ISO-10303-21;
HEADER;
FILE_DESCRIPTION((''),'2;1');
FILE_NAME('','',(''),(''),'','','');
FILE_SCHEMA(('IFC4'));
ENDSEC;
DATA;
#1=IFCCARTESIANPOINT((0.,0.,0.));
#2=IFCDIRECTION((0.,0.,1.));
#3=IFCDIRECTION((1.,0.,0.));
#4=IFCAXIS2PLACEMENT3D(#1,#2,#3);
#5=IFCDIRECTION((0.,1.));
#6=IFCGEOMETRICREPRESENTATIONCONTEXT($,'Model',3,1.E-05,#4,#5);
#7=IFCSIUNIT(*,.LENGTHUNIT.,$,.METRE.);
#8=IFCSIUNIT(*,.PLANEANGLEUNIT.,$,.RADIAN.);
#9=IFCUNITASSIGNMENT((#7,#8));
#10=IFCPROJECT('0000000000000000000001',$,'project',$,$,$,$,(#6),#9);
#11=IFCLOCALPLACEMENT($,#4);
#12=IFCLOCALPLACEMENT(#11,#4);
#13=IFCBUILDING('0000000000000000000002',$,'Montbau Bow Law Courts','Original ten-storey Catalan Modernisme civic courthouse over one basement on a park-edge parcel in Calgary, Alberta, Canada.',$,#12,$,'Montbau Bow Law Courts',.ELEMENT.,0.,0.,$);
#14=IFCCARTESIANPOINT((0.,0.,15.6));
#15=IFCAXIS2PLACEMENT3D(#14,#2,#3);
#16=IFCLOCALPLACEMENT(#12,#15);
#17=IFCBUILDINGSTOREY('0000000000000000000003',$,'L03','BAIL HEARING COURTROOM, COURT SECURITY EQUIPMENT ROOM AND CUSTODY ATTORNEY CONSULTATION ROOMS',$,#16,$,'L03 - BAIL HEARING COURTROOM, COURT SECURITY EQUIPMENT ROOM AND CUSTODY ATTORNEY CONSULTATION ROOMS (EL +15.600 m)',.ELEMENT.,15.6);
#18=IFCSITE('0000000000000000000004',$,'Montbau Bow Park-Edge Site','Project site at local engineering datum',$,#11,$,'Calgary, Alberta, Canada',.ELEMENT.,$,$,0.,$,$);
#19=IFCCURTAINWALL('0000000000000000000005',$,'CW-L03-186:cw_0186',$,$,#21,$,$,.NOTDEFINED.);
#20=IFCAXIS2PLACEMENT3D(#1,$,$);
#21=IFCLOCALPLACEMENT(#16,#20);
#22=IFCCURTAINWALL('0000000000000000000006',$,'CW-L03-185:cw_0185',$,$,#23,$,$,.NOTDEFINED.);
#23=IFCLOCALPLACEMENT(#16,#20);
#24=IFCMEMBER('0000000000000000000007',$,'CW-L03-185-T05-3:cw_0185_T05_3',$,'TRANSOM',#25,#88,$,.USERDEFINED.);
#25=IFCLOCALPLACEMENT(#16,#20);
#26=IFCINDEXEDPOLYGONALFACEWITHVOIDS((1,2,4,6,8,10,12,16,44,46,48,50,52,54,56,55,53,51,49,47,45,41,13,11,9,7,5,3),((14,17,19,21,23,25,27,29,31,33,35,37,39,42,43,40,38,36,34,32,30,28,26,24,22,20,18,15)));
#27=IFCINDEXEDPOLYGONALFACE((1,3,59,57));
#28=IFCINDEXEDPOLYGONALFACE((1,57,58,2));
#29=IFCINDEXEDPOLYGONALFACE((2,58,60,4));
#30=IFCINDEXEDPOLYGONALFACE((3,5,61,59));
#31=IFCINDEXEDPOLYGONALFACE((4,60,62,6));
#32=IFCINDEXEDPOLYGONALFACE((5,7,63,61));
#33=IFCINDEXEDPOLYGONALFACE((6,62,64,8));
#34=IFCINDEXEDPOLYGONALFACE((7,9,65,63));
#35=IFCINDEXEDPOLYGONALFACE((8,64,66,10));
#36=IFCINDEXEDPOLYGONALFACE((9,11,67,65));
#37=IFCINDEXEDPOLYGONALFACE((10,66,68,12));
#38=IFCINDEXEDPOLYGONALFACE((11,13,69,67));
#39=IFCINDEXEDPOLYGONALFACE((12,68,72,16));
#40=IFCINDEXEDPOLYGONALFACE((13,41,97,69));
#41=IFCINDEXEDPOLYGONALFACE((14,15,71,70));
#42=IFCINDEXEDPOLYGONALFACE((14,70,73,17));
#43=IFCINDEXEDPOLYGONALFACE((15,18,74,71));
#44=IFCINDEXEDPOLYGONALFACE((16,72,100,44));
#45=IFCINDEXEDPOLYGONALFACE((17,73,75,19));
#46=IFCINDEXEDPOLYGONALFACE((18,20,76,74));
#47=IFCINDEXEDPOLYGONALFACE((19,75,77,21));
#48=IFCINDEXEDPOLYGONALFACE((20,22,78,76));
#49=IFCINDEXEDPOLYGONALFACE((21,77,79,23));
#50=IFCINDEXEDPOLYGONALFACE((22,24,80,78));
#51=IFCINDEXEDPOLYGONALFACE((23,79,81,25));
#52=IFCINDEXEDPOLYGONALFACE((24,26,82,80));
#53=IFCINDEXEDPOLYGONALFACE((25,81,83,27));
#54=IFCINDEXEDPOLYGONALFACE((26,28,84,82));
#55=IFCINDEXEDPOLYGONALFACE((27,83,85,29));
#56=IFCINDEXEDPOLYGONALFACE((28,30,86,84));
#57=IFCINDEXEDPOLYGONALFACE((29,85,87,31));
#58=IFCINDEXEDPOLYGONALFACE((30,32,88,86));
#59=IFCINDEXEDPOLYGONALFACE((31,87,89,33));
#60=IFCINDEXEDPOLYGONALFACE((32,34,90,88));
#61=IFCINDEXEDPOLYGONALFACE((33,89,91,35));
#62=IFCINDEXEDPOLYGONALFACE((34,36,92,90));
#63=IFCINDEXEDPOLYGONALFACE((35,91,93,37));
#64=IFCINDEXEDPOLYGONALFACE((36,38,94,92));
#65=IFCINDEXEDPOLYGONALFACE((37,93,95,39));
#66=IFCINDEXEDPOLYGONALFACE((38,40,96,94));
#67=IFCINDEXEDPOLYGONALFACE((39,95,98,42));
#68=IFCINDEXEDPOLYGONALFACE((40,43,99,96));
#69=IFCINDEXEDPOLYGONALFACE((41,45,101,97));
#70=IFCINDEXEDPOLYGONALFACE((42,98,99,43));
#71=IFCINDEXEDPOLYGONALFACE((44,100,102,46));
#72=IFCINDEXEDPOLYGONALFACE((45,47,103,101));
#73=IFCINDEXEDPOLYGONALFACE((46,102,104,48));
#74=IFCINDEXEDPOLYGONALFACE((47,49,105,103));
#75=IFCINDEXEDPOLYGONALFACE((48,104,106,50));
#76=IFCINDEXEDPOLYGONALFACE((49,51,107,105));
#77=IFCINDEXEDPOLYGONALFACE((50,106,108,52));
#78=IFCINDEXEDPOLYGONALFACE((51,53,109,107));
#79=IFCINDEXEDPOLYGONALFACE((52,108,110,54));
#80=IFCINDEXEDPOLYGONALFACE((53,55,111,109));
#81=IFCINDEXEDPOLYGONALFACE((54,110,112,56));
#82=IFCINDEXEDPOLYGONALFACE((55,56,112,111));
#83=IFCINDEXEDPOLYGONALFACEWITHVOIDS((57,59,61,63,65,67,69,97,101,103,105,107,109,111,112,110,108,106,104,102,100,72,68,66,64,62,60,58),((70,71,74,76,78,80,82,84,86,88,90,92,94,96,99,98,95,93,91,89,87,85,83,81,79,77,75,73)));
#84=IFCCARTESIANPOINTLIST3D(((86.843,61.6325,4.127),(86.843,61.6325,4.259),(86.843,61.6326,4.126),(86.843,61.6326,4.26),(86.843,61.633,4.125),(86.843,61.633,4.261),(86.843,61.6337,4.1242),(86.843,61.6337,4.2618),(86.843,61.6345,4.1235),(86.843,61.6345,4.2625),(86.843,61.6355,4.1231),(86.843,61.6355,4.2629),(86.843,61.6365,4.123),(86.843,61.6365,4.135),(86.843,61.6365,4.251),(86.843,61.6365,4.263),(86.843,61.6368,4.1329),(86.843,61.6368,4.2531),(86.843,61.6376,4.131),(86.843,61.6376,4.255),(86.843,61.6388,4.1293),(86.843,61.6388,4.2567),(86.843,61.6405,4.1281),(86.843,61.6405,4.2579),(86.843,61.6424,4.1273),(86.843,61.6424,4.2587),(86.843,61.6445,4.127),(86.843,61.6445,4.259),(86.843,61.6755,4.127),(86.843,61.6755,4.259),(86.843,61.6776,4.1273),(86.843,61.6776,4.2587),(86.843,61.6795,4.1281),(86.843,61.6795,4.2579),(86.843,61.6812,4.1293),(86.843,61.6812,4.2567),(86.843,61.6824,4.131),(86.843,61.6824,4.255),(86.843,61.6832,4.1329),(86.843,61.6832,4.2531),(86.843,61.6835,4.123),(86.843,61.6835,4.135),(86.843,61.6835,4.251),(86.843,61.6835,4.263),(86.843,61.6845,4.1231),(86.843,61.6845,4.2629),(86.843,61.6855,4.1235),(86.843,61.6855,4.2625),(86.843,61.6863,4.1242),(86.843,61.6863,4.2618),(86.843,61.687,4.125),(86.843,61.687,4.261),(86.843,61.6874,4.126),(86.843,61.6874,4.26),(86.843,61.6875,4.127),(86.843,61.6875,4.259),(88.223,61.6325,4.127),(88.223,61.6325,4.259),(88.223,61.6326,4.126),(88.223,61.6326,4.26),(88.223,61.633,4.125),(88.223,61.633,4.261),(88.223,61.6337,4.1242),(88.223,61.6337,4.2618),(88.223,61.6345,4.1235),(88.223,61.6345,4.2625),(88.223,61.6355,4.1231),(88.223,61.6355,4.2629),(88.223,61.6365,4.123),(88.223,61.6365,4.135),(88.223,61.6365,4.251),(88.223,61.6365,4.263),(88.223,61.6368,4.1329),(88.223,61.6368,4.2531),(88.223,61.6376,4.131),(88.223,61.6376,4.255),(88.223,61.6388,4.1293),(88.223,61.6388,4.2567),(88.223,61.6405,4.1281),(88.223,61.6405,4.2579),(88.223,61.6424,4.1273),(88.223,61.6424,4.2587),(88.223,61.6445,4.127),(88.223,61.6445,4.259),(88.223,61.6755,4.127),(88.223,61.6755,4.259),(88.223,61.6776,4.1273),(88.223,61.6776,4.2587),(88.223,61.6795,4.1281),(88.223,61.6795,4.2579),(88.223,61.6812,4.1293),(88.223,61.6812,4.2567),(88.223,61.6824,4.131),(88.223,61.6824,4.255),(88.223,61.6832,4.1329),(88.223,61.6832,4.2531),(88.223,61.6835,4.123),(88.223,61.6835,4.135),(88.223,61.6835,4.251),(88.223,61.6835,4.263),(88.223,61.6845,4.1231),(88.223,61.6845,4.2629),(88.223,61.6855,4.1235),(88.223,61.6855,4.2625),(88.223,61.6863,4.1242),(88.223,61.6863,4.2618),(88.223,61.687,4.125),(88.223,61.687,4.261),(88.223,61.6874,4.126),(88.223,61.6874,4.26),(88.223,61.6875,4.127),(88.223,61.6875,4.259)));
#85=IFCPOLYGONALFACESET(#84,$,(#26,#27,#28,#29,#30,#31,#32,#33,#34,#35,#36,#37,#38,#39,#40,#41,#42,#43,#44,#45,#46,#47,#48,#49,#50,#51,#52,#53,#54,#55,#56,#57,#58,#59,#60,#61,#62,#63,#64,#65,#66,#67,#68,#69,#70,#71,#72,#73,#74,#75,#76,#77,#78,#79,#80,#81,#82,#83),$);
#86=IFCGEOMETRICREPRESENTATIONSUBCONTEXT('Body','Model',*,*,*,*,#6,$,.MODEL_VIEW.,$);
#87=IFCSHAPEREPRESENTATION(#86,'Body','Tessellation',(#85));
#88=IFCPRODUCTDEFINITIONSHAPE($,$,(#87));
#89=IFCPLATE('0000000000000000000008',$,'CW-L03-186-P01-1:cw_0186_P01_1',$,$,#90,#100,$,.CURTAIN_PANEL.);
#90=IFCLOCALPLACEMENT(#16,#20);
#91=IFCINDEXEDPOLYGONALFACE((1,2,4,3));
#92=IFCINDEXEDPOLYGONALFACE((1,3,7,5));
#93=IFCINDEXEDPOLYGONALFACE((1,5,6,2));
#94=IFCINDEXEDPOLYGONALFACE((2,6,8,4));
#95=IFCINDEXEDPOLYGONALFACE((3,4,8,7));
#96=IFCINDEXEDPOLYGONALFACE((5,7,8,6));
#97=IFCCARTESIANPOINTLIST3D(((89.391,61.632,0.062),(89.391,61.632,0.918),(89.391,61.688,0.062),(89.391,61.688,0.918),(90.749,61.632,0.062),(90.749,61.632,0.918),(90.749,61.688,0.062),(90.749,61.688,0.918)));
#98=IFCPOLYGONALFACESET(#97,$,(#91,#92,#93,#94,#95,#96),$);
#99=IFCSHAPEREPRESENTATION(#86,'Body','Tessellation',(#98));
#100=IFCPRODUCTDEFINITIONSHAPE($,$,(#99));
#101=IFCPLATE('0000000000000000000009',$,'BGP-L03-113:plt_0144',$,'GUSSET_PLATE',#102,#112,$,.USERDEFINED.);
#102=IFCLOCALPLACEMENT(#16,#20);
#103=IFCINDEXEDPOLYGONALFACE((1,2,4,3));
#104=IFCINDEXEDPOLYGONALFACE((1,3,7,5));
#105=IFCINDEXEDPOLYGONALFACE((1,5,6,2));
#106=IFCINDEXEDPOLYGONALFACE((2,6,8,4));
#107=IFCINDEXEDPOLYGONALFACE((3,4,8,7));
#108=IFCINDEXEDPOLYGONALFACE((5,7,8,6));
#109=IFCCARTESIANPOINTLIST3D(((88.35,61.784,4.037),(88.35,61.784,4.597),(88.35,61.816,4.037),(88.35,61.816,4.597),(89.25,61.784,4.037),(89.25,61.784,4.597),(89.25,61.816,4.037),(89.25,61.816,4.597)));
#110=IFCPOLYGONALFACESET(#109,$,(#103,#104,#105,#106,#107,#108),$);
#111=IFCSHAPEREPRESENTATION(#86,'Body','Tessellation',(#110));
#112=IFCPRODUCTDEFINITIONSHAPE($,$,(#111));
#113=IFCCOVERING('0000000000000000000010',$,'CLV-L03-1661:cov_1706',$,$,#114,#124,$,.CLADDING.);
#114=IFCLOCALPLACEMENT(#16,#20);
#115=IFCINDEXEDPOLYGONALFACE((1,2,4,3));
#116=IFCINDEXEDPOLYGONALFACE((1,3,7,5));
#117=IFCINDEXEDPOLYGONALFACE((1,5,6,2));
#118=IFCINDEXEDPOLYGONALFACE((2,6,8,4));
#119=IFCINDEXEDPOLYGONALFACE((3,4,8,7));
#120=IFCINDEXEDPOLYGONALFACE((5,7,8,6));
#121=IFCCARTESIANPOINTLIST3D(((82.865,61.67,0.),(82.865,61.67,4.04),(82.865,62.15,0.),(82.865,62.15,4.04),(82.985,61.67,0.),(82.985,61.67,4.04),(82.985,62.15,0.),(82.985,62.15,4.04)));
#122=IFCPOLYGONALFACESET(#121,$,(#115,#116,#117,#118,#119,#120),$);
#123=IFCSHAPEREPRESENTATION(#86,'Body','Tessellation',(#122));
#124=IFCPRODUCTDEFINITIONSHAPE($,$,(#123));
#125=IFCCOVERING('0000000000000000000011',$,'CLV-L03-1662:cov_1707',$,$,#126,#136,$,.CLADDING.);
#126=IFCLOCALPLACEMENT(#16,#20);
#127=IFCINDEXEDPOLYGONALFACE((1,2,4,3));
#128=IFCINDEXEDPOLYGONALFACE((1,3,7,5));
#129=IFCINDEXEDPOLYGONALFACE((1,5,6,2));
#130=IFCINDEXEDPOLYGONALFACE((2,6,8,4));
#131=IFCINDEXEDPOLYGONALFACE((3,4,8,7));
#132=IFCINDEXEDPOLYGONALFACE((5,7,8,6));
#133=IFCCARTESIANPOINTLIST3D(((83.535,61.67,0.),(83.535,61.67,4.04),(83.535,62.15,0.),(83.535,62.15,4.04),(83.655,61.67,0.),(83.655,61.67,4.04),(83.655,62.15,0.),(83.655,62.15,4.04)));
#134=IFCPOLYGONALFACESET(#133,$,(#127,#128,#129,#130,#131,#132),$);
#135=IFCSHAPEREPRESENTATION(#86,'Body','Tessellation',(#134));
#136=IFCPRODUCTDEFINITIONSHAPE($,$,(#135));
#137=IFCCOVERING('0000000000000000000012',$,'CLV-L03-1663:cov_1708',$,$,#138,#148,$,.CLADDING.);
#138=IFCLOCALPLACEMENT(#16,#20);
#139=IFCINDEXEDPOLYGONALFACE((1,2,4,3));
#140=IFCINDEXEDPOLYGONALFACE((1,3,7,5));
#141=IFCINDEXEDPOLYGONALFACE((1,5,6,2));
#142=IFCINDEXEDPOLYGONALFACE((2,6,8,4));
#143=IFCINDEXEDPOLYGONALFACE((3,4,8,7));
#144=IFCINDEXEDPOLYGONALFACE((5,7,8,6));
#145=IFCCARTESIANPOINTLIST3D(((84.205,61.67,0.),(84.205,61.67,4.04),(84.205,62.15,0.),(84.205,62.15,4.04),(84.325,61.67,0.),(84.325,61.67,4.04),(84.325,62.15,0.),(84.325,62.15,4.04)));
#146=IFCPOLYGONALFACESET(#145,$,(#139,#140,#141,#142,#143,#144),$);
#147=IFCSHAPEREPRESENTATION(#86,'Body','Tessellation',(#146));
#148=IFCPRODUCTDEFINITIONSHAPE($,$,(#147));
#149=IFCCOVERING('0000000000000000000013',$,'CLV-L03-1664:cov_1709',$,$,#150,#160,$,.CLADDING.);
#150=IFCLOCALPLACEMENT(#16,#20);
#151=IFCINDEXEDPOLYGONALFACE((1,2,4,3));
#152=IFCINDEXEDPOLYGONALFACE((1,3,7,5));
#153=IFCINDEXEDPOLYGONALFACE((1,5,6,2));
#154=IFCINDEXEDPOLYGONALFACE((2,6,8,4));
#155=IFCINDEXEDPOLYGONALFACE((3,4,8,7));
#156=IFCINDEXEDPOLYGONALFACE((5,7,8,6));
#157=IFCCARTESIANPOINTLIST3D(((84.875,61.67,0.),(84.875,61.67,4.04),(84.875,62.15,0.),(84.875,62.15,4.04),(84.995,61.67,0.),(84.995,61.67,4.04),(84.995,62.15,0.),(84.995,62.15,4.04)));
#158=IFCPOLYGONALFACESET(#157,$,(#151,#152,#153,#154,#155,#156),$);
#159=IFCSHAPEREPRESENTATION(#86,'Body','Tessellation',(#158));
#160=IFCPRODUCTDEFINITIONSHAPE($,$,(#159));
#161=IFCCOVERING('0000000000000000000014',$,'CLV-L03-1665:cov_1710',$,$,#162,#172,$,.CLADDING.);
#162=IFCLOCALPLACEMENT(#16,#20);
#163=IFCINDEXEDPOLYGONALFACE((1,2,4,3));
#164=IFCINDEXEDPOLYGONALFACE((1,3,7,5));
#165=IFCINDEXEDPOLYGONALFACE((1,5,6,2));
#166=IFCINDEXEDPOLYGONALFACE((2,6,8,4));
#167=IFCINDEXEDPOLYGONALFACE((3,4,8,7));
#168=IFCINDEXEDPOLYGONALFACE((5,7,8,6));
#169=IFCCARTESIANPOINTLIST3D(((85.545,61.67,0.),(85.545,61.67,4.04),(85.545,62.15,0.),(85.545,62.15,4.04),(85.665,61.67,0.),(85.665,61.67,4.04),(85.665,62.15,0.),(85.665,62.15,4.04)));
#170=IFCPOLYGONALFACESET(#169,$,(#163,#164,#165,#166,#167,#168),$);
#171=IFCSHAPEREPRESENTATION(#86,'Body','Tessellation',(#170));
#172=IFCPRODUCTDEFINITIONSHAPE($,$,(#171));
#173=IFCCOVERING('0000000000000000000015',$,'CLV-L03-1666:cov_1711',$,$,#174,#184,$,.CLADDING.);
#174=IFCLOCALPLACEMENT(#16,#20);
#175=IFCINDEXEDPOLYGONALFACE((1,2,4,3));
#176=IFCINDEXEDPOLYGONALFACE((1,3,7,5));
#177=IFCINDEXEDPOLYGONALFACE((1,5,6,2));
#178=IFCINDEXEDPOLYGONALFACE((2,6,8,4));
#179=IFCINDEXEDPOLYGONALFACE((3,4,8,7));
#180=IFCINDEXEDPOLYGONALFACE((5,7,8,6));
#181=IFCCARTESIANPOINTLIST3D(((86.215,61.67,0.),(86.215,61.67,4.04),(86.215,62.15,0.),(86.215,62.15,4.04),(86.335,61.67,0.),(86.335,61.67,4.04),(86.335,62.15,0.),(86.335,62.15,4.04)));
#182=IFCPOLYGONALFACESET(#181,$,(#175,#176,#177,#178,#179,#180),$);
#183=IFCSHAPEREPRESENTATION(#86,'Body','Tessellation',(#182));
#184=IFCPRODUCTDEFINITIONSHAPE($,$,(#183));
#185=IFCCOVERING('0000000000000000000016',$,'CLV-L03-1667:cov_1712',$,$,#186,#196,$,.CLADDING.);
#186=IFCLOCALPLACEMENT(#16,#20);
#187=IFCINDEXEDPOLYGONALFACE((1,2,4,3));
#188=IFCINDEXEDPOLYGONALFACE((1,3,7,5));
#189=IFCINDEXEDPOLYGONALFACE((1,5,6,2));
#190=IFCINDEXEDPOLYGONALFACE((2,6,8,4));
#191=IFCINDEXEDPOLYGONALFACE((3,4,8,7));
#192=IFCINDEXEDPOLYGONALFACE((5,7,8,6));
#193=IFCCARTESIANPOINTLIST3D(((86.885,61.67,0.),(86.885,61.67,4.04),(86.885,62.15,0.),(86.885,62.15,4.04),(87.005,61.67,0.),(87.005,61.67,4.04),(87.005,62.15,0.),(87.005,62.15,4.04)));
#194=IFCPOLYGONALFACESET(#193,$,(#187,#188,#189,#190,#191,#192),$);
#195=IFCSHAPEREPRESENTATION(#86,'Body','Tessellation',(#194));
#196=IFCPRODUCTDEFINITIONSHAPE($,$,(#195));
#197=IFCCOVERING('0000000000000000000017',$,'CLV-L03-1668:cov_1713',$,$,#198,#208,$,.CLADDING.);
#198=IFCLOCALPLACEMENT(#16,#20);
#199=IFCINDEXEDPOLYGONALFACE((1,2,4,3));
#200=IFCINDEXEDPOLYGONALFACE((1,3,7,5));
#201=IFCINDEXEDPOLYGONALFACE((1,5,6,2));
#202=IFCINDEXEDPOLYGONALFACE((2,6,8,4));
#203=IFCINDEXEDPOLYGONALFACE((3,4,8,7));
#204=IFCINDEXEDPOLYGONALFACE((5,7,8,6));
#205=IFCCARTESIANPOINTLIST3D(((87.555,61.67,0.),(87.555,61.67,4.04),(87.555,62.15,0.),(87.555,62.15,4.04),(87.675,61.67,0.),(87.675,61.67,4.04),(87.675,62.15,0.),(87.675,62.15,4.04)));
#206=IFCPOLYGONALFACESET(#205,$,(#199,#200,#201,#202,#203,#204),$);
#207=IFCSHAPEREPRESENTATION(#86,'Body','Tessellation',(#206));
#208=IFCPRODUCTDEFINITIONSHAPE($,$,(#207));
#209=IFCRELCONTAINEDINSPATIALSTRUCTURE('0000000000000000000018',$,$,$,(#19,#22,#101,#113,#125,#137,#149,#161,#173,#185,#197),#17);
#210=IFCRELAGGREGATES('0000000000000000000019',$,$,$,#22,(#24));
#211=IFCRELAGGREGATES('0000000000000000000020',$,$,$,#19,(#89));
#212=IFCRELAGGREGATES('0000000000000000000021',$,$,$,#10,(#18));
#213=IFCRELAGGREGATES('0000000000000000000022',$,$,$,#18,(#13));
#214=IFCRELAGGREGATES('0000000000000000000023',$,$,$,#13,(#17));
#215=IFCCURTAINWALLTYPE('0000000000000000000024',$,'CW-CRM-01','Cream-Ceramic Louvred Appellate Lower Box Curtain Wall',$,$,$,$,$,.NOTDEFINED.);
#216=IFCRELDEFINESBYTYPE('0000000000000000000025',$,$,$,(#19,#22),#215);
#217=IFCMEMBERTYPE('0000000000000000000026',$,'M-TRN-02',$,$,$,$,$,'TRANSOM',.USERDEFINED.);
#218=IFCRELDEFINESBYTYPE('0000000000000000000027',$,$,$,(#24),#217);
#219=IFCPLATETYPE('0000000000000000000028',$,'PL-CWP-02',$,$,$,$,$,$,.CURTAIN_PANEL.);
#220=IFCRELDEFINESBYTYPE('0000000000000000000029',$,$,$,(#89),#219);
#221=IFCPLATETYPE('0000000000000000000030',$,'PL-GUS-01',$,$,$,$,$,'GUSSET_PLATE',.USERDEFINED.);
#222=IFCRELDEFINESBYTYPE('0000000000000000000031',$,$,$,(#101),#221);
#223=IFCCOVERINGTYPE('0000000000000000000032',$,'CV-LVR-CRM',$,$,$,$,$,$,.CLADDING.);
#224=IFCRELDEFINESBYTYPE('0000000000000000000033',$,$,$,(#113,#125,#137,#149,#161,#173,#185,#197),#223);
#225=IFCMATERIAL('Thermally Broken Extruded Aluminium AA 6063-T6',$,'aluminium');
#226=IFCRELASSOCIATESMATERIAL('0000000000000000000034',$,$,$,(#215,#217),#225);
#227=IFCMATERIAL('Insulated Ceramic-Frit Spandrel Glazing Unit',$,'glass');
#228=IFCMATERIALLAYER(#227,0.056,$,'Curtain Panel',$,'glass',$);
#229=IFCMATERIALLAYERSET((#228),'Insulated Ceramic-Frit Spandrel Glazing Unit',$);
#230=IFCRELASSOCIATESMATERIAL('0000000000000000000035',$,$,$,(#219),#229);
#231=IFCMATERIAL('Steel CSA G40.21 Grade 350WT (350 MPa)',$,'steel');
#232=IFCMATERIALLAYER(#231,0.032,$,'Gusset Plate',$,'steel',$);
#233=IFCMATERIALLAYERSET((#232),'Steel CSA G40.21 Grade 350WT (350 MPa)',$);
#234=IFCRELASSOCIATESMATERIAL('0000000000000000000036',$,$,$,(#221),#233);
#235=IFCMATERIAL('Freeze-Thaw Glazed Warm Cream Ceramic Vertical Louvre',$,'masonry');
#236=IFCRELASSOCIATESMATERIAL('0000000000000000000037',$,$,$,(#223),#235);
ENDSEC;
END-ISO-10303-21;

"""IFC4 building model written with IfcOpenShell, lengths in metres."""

from ifc_helpers import new_model, si_unit, direction, frame, frame_2d, origin_with_axes, origin_2d_with_axis, place, context, subcontext, project, spatial, rectangle, hollow_rectangle, extrude, material, layer, layer_set, material_profile, profile_set, type_object, element, aggregate, save


model = new_model("IFC4")

# Units and contexts
model_context = context("Model", 3, precision=1e-05, world=origin_with_axes(), true_north=direction((0.0, 1.0)))
body_context = subcontext(model_context, "Body", "Model", "MODEL_VIEW")
ifc_project = project(units=[si_unit("LENGTHUNIT", "METRE"), si_unit("PLANEANGLEUNIT", "RADIAN")], contexts=[model_context])

# Site, building, storey
site_placement = place(None, origin_with_axes())
site = spatial("IfcSite", under=ifc_project, at=site_placement, Name="Montbau Bow Park-Edge Site", Description="Project site at local engineering datum", LongName="Calgary, Alberta, Canada", CompositionType="ELEMENT", RefElevation=0.0)
building_placement = place(site_placement, origin_with_axes())
building = spatial("IfcBuilding", under=site, at=building_placement, Name="Montbau Bow Law Courts", Description="Original ten-storey Catalan Modernisme civic courthouse over one basement on a park-edge parcel in Calgary, Alberta, Canada.", LongName="Montbau Bow Law Courts", CompositionType="ELEMENT", ElevationOfRefHeight=0.0, ElevationOfTerrain=0.0)
storey_placement = place(building_placement, frame((0.0, 0.0, 15.6), z_axis=(0.0, 0.0, 1.0), x_axis=(1.0, 0.0, 0.0)))
storey = spatial("IfcBuildingStorey", under=building, at=storey_placement, Name="L03", Description="BAIL HEARING COURTROOM, COURT SECURITY EQUIPMENT ROOM AND CUSTODY ATTORNEY CONSULTATION ROOMS", LongName="L03 - BAIL HEARING COURTROOM, COURT SECURITY EQUIPMENT ROOM AND CUSTODY ATTORNEY CONSULTATION ROOMS (EL +15.600 m)", CompositionType="ELEMENT", Elevation=15.6)

# Shared definitions
ifc_material_1 = material(Name="Steel CSA G40.21 Grade 350WT (350 MPa)", Category="steel")

# Curtain wall
ifc_material_2 = material(Name="Thermally Broken Extruded Aluminium AA 6063-T6", Category="aluminium")
curtain_wall_type = type_object("IfcCurtainWallType", Name="CW-CRM-01", Description="Cream-Ceramic Louvred Appellate Lower Box Curtain Wall", PredefinedType="NOTDEFINED", material=ifc_material_2)
curtain_wall_1_placement = place(None, frame((89.315, 61.66, 15.6), z_axis=(0.0, 0.0, 1.0), x_axis=(1.0, 0.0, 0.0)))
curtain_wall_1 = element("IfcCurtainWall", 1, at=curtain_wall_1_placement, inside=storey, type_object=curtain_wall_type, Name="CW-L03-186:cw_0186", PredefinedType="NOTDEFINED")

# Curtain wall, member
curtain_wall_2_placement = place(None, frame((80.915, 61.66, 15.6), z_axis=(0.0, 0.0, 1.0), x_axis=(1.0, 0.0, 0.0)))
curtain_wall_2 = element("IfcCurtainWall", 2, at=curtain_wall_2_placement, inside=storey, type_object=curtain_wall_type, Name="CW-L03-185:cw_0185", PredefinedType="NOTDEFINED")
ifc_material_profile_1 = material_profile(ifc_material_2, hollow_rectangle(XDim=0.055, YDim=0.14, WallThickness=0.004, InnerFilletRadius=0.008, OuterFilletRadius=0.004, at=origin_2d_with_axis()), Name="CWT-140X55", Category="Main", Priority=0)
ifc_profile_set_1 = profile_set([ifc_material_profile_1], Name="Thermally Broken Extruded Aluminium AA 6063-T6")
member_type_1 = type_object("IfcMemberType", Name="M-TRN-02", ElementType="TRANSOM", PredefinedType="USERDEFINED", material=ifc_profile_set_1)
member_1_placement = place(None, frame((86.843, 61.66, 19.793), z_axis=(1.0, 0.0, 0.0), x_axis=(0.0, 1.0, 0.0)))
member_1 = element("IfcMember", 3, at=member_1_placement, type_object=member_type_1, Name="CW-L03-185-T05-3:cw_0185_T05_3", ObjectType="TRANSOM", PredefinedType="USERDEFINED", context=body_context, shape_type="SweptSolid", body=[
    extrude(hollow_rectangle(XDim=0.055, YDim=0.14, WallThickness=0.004, InnerFilletRadius=0.008, OuterFilletRadius=0.004, at=origin_2d_with_axis()), origin_with_axes(), (0.0, 0.0, 1.0), 1.38),
])
aggregate(curtain_wall_2, [member_1])

# Plates
ifc_material_3 = material(Name="Insulated Ceramic-Frit Spandrel Glazing Unit", Category="glass")
ifc_layer_1 = layer(ifc_material_3, 0.056, Name="Curtain Panel", Category="glass")
ifc_layer_set_1 = layer_set([ifc_layer_1], Name="Insulated Ceramic-Frit Spandrel Glazing Unit")
plate_type_1 = type_object("IfcPlateType", Name="PL-CWP-02", PredefinedType="CURTAIN_PANEL", material=ifc_layer_set_1)
plate_1_placement = place(None, frame((89.391, 61.66, 15.662), z_axis=(0.0, -1.0, 0.0), x_axis=(1.0, 0.0, 0.0)))
plate_1 = element("IfcPlate", 4, at=plate_1_placement, type_object=plate_type_1, Name="CW-L03-186-P01-1:cw_0186_P01_1", PredefinedType="CURTAIN_PANEL", context=body_context, shape_type="SweptSolid", body=[
    extrude(rectangle(XDim=1.358, YDim=0.856, at=frame_2d((0.679, 0.428), x_axis=(1.0, 0.0))), frame((0.0, 0.0, -0.028), z_axis=(0.0, 0.0, 1.0), x_axis=(1.0, 0.0, 0.0)), (0.0, 0.0, 1.0), 0.056),
])
aggregate(curtain_wall_1, [plate_1])
ifc_layer_2 = layer(ifc_material_1, 0.032, Name="Gusset Plate", Category="steel")
ifc_layer_set_2 = layer_set([ifc_layer_2], Name="Steel CSA G40.21 Grade 350WT (350 MPa)")
plate_type_2 = type_object("IfcPlateType", Name="PL-GUS-01", ElementType="GUSSET_PLATE", PredefinedType="USERDEFINED", material=ifc_layer_set_2)
plate_2_placement = place(None, frame((88.8, 61.8, 19.637), z_axis=(0.0, 0.0, 1.0), x_axis=(1.0, 0.0, 0.0)))
element("IfcPlate", 5, at=plate_2_placement, inside=storey, type_object=plate_type_2, Name="BGP-L03-113:plt_0144", ObjectType="GUSSET_PLATE", PredefinedType="USERDEFINED", context=body_context, shape_type="SweptSolid", body=[
    extrude(rectangle(XDim=0.9, YDim=0.032, at=origin_2d_with_axis()), origin_with_axes(), (0.0, 0.0, 1.0), 0.56),
])

# Coverings
ifc_material_4 = material(Name="Freeze-Thaw Glazed Warm Cream Ceramic Vertical Louvre", Category="masonry")
covering_type = type_object("IfcCoveringType", Name="CV-LVR-CRM", PredefinedType="CLADDING", material=ifc_material_4)
for number, where, z_axis, x_axis, name in (
    (6, (82.925, 61.67, 15.6), (1.0, 0.0, 0.0), (0.0, 1.0, 0.0), "CLV-L03-1661:cov_1706"),
    (7, (83.595, 61.67, 15.6), (1.0, 0.0, 0.0), (0.0, 1.0, 0.0), "CLV-L03-1662:cov_1707"),
    (8, (84.265, 61.67, 15.6), (1.0, 0.0, 0.0), (0.0, 1.0, 0.0), "CLV-L03-1663:cov_1708"),
    (9, (84.935, 61.67, 15.6), (1.0, 0.0, 0.0), (0.0, 1.0, 0.0), "CLV-L03-1664:cov_1709"),
    (10, (85.605, 61.67, 15.6), (1.0, 0.0, 0.0), (0.0, 1.0, 0.0), "CLV-L03-1665:cov_1710"),
    (11, (86.275, 61.67, 15.6), (1.0, 0.0, 0.0), (0.0, 1.0, 0.0), "CLV-L03-1666:cov_1711"),
    (12, (86.945, 61.67, 15.6), (1.0, 0.0, 0.0), (0.0, 1.0, 0.0), "CLV-L03-1667:cov_1712"),
    (13, (87.615, 61.67, 15.6), (1.0, 0.0, 0.0), (0.0, 1.0, 0.0), "CLV-L03-1668:cov_1713"),
):
    element("IfcCovering", number, at=place(None, frame(where, z_axis=z_axis, x_axis=x_axis)), inside=storey, type_object=covering_type, Name=name, PredefinedType="CLADDING", context=body_context, shape_type="SweptSolid", body=[
        extrude(rectangle(XDim=0.48, YDim=4.04, at=frame_2d((0.24, 2.02), x_axis=(1.0, 0.0))), frame((0.0, 0.0, -0.06), z_axis=(0.0, 0.0, 1.0), x_axis=(1.0, 0.0, 0.0)), (0.0, 0.0, 1.0), 0.12),
    ])

save(model, "model.ifc")
